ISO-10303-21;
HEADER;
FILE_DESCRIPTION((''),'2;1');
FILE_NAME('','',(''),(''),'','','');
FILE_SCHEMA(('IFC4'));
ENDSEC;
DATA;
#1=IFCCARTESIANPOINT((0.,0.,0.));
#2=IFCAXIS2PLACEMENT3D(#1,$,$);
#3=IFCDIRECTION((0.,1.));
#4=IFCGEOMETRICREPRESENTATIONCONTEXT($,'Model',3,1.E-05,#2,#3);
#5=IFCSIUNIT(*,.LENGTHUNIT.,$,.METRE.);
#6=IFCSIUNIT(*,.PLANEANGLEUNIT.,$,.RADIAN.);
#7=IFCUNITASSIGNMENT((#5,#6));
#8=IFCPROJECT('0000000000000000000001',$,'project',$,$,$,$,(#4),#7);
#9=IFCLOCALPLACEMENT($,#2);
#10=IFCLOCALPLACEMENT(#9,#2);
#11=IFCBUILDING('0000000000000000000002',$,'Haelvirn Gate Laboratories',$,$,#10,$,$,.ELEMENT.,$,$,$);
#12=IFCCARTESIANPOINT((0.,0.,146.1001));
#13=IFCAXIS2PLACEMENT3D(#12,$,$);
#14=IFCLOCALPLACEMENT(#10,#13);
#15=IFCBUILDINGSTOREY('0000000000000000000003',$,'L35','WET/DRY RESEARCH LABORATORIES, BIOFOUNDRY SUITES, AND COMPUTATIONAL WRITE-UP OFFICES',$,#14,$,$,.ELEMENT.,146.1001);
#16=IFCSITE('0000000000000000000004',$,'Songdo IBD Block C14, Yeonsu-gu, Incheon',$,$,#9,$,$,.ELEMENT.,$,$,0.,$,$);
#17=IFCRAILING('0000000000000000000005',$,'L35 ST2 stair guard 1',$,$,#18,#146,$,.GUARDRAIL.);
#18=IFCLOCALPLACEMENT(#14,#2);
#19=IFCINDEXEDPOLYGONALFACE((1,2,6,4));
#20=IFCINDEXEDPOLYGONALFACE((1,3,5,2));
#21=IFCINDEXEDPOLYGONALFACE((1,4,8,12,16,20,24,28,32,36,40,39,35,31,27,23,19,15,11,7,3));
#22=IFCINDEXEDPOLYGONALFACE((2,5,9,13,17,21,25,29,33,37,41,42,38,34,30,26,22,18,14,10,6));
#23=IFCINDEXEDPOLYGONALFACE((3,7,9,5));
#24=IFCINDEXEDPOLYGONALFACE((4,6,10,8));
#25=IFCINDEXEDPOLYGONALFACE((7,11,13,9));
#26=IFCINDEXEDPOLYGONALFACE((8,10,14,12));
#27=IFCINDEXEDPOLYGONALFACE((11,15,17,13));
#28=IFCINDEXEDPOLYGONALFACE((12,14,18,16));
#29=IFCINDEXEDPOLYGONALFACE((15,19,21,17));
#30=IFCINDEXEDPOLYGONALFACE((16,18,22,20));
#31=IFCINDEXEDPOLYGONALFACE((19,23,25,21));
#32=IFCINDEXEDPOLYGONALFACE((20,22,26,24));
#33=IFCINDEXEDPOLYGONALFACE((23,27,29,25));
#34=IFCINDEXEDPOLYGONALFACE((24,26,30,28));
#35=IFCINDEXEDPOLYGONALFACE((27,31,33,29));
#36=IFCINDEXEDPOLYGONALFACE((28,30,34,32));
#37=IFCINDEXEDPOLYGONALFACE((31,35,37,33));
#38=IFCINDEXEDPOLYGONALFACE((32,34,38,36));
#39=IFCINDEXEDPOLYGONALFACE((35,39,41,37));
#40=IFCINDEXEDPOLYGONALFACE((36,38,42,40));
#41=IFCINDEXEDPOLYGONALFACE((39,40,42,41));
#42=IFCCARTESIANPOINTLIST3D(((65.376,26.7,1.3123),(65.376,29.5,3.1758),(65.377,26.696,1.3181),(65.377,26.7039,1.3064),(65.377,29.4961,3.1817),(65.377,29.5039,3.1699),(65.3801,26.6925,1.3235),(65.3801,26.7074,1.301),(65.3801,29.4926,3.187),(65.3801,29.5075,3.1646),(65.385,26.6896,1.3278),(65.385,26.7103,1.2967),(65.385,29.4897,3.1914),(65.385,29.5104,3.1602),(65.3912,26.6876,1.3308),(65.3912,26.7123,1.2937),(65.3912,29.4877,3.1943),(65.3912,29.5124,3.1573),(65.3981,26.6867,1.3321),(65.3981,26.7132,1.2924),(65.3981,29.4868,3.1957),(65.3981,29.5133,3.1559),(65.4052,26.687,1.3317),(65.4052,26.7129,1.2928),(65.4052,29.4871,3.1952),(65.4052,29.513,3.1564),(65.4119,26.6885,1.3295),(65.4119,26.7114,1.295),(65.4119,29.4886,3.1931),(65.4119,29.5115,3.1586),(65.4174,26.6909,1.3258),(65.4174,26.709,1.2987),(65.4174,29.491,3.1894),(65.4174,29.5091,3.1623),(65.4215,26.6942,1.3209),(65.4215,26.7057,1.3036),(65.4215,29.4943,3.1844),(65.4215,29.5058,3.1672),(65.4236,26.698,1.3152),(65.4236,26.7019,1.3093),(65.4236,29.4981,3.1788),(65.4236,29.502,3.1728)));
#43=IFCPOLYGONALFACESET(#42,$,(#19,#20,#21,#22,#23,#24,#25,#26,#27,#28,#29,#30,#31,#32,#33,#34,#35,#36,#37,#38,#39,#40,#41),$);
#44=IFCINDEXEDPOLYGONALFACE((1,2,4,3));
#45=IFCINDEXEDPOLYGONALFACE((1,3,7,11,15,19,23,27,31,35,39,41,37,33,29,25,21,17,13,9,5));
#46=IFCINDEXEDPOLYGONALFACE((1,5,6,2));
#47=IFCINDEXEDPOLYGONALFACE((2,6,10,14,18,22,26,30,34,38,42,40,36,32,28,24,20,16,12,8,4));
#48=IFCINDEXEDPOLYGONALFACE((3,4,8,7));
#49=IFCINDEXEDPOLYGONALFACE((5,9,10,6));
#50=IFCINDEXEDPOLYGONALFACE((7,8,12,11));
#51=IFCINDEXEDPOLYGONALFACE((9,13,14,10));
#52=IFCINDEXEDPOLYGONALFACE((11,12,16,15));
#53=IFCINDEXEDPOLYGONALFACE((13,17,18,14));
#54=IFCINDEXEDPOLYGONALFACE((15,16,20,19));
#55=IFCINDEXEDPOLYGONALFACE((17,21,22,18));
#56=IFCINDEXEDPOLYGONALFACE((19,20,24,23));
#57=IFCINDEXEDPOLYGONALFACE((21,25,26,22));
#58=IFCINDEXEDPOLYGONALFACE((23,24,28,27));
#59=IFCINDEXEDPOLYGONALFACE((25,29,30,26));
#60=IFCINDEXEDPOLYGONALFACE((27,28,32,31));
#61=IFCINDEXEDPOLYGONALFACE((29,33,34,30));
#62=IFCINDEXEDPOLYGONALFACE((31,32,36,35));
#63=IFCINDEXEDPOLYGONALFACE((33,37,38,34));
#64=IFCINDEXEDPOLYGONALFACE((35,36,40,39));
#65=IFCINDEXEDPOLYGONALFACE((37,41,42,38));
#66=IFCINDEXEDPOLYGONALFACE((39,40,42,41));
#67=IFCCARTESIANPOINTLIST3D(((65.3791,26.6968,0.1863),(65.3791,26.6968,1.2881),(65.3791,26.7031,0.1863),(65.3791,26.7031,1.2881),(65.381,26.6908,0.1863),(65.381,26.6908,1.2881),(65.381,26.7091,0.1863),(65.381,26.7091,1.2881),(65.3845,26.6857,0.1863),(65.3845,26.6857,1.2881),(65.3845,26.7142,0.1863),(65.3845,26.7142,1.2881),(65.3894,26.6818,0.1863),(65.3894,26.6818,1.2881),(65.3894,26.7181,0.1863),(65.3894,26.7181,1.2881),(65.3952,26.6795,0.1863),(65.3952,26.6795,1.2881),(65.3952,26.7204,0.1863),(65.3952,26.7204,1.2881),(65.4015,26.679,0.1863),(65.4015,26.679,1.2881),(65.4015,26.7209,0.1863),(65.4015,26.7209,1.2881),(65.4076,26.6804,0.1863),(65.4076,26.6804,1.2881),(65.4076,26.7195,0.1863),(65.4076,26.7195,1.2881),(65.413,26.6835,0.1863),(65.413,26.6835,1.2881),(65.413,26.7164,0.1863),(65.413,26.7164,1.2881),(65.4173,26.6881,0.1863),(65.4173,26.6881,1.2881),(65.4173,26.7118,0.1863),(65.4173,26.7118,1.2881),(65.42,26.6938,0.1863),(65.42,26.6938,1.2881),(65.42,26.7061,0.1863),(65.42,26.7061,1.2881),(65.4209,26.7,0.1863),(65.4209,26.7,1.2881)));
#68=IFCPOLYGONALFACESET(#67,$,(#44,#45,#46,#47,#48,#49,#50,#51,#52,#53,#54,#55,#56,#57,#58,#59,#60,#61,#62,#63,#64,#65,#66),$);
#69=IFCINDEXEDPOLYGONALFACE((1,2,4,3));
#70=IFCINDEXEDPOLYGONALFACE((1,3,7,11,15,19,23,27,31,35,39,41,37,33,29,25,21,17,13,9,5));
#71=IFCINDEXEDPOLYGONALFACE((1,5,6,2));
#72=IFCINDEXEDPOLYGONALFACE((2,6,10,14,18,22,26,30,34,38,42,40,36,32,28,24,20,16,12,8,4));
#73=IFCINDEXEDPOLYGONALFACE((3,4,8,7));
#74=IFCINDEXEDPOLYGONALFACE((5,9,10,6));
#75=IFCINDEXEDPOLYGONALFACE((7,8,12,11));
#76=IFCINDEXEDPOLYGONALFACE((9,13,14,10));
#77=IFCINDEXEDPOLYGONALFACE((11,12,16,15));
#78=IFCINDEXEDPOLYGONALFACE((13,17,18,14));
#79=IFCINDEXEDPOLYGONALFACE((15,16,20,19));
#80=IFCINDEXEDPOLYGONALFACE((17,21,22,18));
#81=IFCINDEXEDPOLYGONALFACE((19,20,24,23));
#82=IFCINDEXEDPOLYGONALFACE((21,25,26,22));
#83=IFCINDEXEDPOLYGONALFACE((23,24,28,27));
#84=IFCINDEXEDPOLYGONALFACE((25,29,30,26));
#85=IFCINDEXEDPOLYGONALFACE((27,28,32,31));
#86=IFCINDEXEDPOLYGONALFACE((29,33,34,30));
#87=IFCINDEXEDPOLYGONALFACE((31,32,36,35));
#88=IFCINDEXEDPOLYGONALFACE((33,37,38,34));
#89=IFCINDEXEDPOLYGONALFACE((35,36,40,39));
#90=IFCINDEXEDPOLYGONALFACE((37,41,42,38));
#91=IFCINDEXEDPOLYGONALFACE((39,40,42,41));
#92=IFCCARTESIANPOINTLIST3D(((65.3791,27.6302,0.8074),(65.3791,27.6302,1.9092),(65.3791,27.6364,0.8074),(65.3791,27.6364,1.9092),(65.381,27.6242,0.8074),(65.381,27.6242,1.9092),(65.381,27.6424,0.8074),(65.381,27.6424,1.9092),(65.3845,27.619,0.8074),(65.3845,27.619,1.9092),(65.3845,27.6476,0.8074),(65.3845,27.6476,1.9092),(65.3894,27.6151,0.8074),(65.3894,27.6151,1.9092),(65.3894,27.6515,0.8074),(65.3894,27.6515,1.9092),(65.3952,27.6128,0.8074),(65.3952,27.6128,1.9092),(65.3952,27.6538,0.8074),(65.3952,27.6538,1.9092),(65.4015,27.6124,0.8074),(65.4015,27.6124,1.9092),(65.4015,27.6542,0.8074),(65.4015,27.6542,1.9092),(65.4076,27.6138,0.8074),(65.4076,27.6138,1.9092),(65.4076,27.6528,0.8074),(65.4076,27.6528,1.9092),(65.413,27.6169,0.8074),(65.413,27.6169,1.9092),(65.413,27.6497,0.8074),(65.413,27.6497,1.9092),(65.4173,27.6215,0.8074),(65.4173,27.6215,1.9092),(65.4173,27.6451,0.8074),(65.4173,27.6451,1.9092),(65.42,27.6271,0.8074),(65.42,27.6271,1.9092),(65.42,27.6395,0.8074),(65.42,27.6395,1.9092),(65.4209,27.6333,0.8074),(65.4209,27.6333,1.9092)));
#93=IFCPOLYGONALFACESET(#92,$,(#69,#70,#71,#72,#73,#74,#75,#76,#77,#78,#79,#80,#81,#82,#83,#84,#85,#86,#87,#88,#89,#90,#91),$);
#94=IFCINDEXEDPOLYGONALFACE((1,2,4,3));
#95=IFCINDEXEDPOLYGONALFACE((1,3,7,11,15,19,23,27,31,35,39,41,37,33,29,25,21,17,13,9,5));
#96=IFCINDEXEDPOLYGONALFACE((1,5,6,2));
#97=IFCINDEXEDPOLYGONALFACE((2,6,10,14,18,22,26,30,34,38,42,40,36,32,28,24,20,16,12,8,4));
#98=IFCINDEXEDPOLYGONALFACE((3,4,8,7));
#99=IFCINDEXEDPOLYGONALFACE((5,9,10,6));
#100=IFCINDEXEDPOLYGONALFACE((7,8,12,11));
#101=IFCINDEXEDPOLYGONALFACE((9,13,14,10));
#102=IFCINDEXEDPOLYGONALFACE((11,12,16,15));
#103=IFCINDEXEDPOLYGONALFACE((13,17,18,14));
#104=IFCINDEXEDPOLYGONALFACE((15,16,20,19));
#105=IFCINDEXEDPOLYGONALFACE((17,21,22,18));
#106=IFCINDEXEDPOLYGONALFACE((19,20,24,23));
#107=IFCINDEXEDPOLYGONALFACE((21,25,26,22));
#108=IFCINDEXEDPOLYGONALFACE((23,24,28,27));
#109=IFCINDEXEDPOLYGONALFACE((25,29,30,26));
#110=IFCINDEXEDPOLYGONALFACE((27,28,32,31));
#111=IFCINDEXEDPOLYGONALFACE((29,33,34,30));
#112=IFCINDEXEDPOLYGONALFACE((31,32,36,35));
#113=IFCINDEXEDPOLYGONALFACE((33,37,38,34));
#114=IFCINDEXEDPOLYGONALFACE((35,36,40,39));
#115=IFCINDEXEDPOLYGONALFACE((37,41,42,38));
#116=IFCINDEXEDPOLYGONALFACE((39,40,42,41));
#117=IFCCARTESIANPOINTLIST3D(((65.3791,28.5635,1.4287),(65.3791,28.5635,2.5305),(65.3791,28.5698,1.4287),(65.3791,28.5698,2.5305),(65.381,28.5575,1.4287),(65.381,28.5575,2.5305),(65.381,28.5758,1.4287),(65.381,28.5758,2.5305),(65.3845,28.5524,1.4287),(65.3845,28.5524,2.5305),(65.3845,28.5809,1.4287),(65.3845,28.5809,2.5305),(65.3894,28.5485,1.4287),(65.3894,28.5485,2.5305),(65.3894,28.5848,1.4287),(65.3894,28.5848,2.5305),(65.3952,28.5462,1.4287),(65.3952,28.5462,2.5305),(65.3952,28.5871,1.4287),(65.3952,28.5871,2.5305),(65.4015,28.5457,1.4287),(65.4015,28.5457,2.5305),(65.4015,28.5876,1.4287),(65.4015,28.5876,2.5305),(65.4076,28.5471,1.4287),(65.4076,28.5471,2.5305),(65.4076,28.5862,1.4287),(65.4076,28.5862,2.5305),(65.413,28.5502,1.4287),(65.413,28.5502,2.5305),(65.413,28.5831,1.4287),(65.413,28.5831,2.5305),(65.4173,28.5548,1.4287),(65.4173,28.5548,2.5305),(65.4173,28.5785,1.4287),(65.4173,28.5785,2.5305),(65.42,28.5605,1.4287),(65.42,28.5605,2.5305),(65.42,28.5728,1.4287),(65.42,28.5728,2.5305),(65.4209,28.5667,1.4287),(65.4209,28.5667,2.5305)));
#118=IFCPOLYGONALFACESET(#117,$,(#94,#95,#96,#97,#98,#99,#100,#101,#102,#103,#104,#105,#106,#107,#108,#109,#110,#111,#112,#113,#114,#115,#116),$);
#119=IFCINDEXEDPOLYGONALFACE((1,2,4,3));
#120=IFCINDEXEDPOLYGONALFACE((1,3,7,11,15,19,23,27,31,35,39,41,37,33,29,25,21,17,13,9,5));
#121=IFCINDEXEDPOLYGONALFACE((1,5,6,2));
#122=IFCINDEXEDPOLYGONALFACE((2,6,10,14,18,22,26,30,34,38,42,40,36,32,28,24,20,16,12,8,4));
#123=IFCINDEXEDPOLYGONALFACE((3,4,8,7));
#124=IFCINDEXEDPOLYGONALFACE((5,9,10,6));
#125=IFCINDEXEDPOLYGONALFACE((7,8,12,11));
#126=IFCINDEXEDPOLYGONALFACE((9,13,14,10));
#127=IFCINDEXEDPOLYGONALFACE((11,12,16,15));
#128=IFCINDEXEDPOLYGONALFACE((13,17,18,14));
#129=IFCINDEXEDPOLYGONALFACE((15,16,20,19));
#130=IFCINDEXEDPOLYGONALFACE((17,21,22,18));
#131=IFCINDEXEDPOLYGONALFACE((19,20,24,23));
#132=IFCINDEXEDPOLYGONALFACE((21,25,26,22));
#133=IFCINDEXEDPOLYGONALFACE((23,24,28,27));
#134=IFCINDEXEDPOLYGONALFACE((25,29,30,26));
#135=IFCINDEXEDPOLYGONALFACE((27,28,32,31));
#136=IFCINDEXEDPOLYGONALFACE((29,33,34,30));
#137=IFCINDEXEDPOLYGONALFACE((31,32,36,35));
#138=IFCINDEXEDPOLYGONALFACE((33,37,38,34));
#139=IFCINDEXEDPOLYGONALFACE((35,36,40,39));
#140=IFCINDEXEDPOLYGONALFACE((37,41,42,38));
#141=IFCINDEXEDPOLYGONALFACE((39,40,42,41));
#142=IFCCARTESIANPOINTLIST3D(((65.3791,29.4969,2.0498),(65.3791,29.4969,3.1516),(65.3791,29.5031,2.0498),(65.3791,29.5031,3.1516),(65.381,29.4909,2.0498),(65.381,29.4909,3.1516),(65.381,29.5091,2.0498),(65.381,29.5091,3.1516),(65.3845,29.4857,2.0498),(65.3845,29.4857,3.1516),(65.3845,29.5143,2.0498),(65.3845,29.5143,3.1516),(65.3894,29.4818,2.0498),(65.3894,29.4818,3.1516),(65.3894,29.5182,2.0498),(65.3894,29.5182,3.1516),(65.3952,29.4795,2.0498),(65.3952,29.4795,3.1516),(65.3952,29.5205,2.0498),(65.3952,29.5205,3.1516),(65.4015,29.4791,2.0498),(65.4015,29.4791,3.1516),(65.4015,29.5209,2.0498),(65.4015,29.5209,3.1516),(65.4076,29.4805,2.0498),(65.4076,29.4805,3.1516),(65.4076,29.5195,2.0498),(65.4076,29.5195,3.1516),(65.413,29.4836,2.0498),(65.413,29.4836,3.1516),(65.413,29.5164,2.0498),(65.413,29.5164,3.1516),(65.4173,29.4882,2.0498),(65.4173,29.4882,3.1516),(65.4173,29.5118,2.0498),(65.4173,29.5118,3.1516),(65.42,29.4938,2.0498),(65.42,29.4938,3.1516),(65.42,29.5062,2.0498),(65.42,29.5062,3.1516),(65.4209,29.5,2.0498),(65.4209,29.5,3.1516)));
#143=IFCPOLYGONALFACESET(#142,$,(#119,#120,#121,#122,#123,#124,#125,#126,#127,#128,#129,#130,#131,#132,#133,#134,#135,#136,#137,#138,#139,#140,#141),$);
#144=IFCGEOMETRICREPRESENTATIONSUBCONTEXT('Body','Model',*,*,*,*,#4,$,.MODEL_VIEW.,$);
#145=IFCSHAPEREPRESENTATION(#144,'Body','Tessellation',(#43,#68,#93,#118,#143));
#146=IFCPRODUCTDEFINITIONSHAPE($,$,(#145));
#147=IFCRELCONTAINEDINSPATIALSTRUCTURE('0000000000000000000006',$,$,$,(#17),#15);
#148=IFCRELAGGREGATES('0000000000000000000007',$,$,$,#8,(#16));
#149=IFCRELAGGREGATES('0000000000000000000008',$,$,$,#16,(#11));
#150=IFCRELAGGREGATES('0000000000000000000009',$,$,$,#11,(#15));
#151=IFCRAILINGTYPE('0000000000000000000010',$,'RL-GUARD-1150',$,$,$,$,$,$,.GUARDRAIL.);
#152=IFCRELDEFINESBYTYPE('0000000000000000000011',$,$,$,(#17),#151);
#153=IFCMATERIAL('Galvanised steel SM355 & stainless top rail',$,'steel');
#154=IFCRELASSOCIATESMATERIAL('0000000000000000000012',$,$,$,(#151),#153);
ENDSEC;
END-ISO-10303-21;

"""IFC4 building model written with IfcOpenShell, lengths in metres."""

from ifc_helpers import new_model, si_unit, direction, frame, origin, origin_2d, place, context, subcontext, project, spatial, circle, extrude, source, transform, mapped, material, type_object, element, save


model = new_model("IFC4")

# Units and contexts
model_context = context("Model", 3, precision=1e-05, world=origin(), true_north=direction((0.0, 1.0)))
body_context = subcontext(model_context, "Body", "Model", "MODEL_VIEW")
ifc_project = project(units=[si_unit("LENGTHUNIT", "METRE"), si_unit("PLANEANGLEUNIT", "RADIAN")], contexts=[model_context])

# Site, building, storey
site_placement = place(None, origin())
site = spatial("IfcSite", under=ifc_project, at=site_placement, Name="Songdo IBD Block C14, Yeonsu-gu, Incheon", CompositionType="ELEMENT", RefElevation=0.0)
building_placement = place(site_placement, origin())
building = spatial("IfcBuilding", under=site, at=building_placement, Name="Haelvirn Gate Laboratories", CompositionType="ELEMENT")
storey_placement = place(building_placement, frame((0.0, 0.0, 146.1001)))
storey = spatial("IfcBuildingStorey", under=building, at=storey_placement, Name="L35", Description="WET/DRY RESEARCH LABORATORIES, BIOFOUNDRY SUITES, AND COMPUTATIONAL WRITE-UP OFFICES", CompositionType="ELEMENT", Elevation=146.1001)

# Railing
ifc_material_1 = material(Name="Galvanised steel SM355 & stainless top rail", Category="steel")
railing_type_1 = type_object("IfcRailingType", Name="RL-GUARD-1150", PredefinedType="GUARDRAIL", material=ifc_material_1)
shared_shape_1 = source(origin(), body_context, "Body", "SweptSolid", [
    extrude(circle(Radius=0.0239, at=origin_2d()), frame((0.0, 0.0, 1.126), z_axis=(0.0, 0.832486, 0.554047), x_axis=(-1.0, 0.0, 0.0)), (0.0, 0.0, 1.0), 3.3635),
    extrude(circle(Radius=0.021, at=origin_2d()), origin(), (0.0, 0.0, 1.0), 1.1018),
    extrude(circle(Radius=0.021, at=origin_2d()), frame((0.0, 0.9333, 0.6211)), (0.0, 0.0, 1.0), 1.1018),
    extrude(circle(Radius=0.021, at=origin_2d()), frame((0.0, 1.8667, 1.2424)), (0.0, 0.0, 1.0), 1.1018),
    extrude(circle(Radius=0.021, at=origin_2d()), frame((0.0, 2.8, 1.8635)), (0.0, 0.0, 1.0), 1.1018),
])
railing_1_placement = place(storey_placement, frame((65.3999, 26.7, 0.1863)))
element("IfcRailing", 1, at=railing_1_placement, inside=storey, type_object=railing_type_1, Name="L35 ST2 stair guard 1", PredefinedType="GUARDRAIL", context=body_context, shape_type="MappedRepresentation", body=[
    mapped(shared_shape_1, transform((0.0, 0.0, 0.0), scale=1.0)),
])

save(model, "model.ifc")
